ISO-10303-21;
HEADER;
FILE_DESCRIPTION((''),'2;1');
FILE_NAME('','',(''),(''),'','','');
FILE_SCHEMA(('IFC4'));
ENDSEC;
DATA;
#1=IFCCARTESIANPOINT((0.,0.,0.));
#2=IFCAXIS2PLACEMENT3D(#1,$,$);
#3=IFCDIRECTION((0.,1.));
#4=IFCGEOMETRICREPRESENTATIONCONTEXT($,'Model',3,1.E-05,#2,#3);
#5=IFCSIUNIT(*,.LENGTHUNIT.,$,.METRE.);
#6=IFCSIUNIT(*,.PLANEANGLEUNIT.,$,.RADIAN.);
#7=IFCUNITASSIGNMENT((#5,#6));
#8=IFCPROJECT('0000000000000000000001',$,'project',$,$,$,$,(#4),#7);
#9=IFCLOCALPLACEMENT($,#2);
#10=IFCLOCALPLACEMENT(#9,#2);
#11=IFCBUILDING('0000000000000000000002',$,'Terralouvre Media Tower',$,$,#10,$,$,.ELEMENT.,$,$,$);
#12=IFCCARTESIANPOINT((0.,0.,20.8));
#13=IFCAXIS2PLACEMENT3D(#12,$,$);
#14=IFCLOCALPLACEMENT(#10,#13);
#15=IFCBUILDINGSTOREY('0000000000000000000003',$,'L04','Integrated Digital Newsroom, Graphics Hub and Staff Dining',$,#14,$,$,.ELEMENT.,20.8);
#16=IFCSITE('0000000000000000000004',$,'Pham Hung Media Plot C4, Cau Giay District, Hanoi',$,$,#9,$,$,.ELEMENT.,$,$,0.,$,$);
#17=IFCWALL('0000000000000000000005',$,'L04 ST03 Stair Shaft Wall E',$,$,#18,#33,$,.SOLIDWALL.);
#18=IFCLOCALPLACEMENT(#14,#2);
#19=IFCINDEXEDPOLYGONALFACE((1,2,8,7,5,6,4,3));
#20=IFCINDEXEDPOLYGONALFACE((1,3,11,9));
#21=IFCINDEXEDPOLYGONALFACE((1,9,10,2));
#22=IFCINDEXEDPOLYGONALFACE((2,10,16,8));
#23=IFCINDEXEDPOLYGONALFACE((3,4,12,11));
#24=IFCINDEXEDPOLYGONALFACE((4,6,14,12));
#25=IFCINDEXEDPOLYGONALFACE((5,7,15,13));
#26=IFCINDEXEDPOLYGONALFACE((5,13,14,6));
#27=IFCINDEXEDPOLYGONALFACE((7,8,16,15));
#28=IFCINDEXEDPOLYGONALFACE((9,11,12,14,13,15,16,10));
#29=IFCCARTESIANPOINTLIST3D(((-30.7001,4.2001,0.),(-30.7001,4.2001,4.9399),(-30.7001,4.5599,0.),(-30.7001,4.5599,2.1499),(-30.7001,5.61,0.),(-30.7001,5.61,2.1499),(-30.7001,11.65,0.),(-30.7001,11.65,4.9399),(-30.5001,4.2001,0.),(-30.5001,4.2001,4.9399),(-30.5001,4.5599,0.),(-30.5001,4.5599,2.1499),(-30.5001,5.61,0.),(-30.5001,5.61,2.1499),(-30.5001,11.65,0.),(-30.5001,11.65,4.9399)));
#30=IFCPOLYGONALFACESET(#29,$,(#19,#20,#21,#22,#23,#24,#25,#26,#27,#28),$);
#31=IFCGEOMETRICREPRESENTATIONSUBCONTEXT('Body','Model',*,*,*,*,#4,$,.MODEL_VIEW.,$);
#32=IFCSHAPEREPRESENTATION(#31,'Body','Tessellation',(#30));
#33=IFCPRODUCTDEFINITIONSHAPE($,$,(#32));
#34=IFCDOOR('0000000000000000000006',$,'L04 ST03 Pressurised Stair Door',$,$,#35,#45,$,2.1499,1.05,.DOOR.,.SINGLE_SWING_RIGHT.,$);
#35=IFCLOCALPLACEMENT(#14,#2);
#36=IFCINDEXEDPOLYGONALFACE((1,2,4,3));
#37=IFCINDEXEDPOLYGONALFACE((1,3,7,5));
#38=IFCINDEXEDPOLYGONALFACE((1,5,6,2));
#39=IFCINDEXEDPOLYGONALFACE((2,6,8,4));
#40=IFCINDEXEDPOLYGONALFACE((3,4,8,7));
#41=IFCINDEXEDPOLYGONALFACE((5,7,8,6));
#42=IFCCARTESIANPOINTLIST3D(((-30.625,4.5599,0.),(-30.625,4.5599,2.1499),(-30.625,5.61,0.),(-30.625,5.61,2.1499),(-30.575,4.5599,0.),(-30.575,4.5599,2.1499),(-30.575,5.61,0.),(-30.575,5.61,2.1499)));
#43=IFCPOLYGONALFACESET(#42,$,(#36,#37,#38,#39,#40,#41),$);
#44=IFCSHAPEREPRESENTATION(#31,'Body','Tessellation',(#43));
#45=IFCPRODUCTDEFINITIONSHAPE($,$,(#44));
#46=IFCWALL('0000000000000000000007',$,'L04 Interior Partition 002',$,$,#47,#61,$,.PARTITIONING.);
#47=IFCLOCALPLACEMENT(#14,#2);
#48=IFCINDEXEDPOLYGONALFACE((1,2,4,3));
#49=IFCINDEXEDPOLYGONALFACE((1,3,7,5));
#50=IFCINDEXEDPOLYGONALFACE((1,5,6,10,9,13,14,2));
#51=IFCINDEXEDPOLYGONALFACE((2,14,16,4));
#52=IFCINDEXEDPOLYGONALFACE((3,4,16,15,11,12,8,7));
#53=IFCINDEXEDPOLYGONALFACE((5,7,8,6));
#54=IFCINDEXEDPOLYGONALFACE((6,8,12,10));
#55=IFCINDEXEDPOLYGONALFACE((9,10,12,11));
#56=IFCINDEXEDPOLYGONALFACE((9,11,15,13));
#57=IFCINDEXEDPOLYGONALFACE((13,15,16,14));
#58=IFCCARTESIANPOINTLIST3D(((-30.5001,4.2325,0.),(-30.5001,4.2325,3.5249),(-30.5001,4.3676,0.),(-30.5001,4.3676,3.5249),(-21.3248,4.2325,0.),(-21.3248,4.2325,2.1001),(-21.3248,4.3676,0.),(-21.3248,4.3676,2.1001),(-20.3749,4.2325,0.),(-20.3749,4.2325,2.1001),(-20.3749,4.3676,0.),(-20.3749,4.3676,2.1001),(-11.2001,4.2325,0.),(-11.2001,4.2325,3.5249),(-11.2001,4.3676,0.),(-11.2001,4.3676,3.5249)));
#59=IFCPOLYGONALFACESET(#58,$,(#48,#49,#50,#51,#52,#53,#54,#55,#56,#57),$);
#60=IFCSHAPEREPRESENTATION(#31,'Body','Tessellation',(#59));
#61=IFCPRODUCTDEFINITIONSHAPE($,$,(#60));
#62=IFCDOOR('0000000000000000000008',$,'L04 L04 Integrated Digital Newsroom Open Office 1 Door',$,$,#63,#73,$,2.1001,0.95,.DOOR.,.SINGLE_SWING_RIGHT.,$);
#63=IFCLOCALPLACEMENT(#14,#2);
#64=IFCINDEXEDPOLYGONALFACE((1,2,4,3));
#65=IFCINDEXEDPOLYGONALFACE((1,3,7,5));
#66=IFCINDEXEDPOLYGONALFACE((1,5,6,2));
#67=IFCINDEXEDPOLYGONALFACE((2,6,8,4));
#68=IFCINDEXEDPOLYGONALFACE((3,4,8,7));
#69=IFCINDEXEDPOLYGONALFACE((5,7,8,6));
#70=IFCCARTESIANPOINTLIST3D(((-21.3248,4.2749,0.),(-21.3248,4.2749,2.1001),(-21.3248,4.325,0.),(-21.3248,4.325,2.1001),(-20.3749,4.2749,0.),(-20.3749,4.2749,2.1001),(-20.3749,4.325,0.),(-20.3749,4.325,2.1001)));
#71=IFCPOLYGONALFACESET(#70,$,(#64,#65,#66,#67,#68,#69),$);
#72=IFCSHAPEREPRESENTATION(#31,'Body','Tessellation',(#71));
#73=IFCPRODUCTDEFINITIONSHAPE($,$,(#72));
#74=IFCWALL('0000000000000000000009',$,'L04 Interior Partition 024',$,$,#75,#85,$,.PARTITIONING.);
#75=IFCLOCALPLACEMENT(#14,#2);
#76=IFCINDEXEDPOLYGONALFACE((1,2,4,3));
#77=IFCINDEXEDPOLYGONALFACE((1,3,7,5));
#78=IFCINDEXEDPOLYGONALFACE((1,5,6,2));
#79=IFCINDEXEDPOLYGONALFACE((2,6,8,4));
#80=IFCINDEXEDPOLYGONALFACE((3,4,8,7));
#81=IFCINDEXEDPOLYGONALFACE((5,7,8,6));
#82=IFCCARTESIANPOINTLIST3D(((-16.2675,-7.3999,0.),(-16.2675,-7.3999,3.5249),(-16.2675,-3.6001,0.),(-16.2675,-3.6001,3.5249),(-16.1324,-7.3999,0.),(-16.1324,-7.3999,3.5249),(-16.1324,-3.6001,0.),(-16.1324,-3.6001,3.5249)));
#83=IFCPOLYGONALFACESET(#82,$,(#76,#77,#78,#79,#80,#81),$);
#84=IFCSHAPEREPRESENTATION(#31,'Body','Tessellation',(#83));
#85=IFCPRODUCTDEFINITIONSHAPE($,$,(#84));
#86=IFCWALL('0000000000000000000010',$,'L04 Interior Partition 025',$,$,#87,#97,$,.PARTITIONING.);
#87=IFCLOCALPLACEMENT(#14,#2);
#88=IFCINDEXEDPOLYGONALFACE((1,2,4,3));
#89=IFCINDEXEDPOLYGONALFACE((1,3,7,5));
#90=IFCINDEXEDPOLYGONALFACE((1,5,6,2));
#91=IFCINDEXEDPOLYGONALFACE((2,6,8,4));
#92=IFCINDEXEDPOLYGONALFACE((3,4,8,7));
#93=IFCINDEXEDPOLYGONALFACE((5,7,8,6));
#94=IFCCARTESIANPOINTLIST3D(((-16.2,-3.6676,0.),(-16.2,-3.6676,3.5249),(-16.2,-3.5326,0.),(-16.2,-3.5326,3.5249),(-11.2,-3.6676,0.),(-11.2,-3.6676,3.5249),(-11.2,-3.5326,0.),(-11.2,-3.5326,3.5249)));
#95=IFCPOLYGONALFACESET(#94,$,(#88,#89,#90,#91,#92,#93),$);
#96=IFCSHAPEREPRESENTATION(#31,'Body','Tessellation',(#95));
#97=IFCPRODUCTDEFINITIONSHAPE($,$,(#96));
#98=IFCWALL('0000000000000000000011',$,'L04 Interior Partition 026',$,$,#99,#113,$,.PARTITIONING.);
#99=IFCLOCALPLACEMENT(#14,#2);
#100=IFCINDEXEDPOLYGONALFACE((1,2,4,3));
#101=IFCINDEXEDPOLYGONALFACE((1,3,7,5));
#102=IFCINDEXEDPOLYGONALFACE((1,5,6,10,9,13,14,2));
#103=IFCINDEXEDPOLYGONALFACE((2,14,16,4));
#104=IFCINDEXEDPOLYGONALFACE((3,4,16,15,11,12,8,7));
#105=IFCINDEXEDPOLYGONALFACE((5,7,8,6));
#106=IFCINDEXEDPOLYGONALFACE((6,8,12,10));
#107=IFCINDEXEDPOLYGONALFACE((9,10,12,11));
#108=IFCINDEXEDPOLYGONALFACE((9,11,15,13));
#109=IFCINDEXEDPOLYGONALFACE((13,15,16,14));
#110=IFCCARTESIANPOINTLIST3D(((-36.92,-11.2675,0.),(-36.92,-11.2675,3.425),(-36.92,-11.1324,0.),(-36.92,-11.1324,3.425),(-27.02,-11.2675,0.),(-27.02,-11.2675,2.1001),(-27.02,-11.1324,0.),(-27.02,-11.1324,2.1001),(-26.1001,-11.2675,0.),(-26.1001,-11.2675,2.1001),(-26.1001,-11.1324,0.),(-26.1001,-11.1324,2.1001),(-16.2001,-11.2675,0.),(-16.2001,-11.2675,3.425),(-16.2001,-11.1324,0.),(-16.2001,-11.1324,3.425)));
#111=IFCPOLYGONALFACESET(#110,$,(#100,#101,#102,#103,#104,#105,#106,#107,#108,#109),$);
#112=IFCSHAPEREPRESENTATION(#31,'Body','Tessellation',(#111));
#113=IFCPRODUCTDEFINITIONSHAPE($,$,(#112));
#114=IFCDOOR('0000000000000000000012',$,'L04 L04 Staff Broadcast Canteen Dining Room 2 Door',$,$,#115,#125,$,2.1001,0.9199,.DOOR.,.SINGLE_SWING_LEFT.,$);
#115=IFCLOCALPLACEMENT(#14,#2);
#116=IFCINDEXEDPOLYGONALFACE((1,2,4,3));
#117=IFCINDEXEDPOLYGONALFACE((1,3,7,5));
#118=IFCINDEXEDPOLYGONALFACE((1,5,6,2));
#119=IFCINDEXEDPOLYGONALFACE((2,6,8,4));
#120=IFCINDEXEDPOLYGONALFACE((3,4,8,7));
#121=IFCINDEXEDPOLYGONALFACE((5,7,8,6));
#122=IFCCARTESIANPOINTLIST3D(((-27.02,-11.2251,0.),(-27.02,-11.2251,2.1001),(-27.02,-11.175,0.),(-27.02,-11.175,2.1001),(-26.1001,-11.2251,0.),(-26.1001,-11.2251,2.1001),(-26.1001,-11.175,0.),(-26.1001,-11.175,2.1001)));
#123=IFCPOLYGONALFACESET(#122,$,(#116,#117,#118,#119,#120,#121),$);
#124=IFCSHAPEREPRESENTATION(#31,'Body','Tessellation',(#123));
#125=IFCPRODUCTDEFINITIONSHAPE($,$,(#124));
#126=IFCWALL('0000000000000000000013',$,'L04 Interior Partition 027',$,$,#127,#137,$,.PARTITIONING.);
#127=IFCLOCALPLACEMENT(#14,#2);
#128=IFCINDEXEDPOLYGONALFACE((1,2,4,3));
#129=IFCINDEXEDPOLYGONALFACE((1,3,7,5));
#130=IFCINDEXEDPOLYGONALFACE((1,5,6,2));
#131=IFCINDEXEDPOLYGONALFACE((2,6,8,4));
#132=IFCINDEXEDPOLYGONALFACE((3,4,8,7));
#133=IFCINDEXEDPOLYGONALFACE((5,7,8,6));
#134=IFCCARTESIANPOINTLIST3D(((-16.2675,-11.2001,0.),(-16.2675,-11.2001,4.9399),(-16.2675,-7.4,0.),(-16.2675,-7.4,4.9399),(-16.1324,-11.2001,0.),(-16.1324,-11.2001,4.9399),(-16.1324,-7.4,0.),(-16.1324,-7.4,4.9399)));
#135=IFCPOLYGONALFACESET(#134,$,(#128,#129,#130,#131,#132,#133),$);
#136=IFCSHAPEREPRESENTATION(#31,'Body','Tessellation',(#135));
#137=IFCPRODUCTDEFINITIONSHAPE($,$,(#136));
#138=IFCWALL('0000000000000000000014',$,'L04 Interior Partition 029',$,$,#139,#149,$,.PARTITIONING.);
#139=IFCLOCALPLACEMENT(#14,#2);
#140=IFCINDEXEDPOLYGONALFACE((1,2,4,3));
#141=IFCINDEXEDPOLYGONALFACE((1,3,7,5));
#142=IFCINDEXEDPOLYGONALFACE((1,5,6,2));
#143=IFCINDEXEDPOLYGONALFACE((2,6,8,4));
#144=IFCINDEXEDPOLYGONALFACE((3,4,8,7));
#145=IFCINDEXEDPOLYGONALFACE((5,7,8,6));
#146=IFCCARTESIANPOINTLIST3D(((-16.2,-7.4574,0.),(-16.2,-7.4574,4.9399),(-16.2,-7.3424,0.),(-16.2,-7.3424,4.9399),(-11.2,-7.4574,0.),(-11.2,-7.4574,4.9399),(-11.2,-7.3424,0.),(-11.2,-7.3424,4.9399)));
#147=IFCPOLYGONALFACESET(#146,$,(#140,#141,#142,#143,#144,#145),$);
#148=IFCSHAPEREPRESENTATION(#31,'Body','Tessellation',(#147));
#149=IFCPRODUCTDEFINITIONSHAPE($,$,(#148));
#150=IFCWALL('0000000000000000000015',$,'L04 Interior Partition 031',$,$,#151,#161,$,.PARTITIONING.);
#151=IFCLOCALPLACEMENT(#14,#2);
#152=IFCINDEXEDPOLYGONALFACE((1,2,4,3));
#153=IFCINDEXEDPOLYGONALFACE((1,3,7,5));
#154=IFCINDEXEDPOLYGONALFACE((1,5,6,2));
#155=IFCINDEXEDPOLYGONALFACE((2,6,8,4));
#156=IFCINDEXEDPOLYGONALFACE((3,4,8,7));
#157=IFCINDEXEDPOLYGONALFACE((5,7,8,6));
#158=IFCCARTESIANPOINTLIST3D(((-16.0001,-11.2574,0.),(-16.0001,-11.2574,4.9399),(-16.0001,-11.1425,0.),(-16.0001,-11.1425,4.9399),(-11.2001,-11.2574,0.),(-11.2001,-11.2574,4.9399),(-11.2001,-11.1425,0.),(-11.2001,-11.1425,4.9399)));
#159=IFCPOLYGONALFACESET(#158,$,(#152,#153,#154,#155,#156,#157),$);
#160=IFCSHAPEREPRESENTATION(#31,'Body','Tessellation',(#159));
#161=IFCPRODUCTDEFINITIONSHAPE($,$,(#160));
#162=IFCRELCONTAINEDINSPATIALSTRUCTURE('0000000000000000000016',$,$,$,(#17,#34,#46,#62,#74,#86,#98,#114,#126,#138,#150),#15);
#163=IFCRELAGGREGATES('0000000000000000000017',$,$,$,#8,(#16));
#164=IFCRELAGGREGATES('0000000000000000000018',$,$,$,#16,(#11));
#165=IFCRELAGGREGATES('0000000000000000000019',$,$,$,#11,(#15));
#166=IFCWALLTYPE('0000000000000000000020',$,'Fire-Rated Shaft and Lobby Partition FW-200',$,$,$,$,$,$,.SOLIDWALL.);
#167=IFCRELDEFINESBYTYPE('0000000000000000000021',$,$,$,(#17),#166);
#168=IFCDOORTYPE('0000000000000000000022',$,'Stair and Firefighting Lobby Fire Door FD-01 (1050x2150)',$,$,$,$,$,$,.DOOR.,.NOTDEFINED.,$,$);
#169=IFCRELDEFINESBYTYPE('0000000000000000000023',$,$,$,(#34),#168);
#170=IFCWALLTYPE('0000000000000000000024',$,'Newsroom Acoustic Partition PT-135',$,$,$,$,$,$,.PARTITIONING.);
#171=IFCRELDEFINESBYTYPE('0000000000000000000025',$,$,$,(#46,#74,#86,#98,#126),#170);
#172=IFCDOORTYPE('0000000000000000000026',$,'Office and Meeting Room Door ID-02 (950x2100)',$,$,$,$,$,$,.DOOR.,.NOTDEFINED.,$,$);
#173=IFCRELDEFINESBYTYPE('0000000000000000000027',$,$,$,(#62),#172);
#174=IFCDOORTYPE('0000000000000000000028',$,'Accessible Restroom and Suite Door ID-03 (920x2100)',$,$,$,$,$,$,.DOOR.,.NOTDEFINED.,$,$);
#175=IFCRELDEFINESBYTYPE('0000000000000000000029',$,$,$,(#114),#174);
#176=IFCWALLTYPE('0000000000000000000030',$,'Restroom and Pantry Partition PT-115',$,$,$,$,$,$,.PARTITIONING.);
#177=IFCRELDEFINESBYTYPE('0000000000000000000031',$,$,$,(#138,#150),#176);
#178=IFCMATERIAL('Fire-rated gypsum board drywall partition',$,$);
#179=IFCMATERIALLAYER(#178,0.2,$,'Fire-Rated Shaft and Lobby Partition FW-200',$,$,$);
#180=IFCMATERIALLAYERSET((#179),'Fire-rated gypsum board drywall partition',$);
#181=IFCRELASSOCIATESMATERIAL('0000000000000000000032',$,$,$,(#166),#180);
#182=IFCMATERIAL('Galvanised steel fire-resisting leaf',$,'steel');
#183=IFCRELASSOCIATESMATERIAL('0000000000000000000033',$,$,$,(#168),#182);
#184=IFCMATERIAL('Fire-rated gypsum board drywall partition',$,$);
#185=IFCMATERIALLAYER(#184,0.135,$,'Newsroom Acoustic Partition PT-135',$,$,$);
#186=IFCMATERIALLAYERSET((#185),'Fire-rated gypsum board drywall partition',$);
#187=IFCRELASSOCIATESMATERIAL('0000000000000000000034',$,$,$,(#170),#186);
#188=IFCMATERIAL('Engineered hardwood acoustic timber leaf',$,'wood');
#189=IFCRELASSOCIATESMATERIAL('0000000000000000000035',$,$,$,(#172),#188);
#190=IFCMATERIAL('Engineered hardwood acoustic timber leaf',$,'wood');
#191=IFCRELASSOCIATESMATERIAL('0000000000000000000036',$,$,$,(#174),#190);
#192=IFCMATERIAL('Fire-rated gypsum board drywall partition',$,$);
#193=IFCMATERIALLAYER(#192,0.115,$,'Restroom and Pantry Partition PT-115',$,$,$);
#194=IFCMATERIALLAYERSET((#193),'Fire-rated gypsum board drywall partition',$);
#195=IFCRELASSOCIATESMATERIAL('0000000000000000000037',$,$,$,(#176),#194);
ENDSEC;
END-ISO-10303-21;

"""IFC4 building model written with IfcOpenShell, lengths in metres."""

from ifc_helpers import new_model, si_unit, direction, frame, frame_2d, origin, place, context, subcontext, project, spatial, rectangle, extrude, material, layer, layer_set, type_object, element, fill, save


model = new_model("IFC4")

# Units and contexts
model_context = context("Model", 3, precision=1e-05, world=origin(), true_north=direction((0.0, 1.0)))
body_context = subcontext(model_context, "Body", "Model", "MODEL_VIEW")
ifc_project = project(units=[si_unit("LENGTHUNIT", "METRE"), si_unit("PLANEANGLEUNIT", "RADIAN")], contexts=[model_context])

# Site, building, storey
site_placement = place(None, origin())
site = spatial("IfcSite", under=ifc_project, at=site_placement, Name="Pham Hung Media Plot C4, Cau Giay District, Hanoi", CompositionType="ELEMENT", RefElevation=0.0)
building_placement = place(site_placement, origin())
building = spatial("IfcBuilding", under=site, at=building_placement, Name="Terralouvre Media Tower", CompositionType="ELEMENT")
storey_placement = place(building_placement, frame((0.0, 0.0, 20.8)))
storey = spatial("IfcBuildingStorey", under=building, at=storey_placement, Name="L04", Description="Integrated Digital Newsroom, Graphics Hub and Staff Dining", CompositionType="ELEMENT", Elevation=20.8)

# Shared definitions
ifc_material_1 = material(Name="Fire-rated gypsum board drywall partition")
ifc_layer_1 = layer(ifc_material_1, 0.2, Name="Fire-Rated Shaft and Lobby Partition FW-200")
ifc_layer_set_1 = layer_set([ifc_layer_1], Name="Fire-rated gypsum board drywall partition")
wall_type_1 = type_object("IfcWallType", Name="Fire-Rated Shaft and Lobby Partition FW-200", PredefinedType="SOLIDWALL", material=ifc_layer_set_1)

# Walls, openings, doors
wall_1_placement = place(storey_placement, frame((-30.6001, 4.2, 0.0), z_axis=(0.0, 0.0, 1.0), x_axis=(0.0, 1.0, 0.0)))
wall_1 = element("IfcWall", 1, at=wall_1_placement, inside=storey, type_object=wall_type_1, Name="L04 ST03 Stair Shaft Wall E", PredefinedType="SOLIDWALL", context=body_context, shape_type="SweptSolid", body=[
    extrude(rectangle(XDim=7.45, YDim=0.2, at=frame_2d((3.7251, 0.0))), origin(), (0.0, 0.0, 1.0), 4.9399),
])
opening_1_placement = place(wall_1_placement, frame((0.3601, 0.0, 0.0)))
opening_1 = element("IfcOpeningElement", 2, at=opening_1_placement, cuts=wall_1, PredefinedType="OPENING", context=body_context, shape_type="SweptSolid", body=[
    extrude(rectangle(XDim=1.05, YDim=2.1499, at=frame_2d((0.5249, 1.075))), frame((0.0, 0.1099, 0.0), z_axis=(0.0, -1.0, 0.0), x_axis=(1.0, 0.0, 0.0)), (0.0, 0.0, 1.0), 0.22),
])
ifc_material_2 = material(Name="Galvanised steel fire-resisting leaf", Category="steel")
door_type_1 = type_object("IfcDoorType", Name="Stair and Firefighting Lobby Fire Door FD-01 (1050x2150)", OperationType="NOTDEFINED", PredefinedType="DOOR", material=ifc_material_2)
door_1_placement = place(opening_1_placement, origin())
door_1 = element("IfcDoor", 3, at=door_1_placement, inside=storey, type_object=door_type_1, Name="L04 ST03 Pressurised Stair Door", OperationType="SINGLE_SWING_RIGHT", OverallHeight=2.1499, OverallWidth=1.05, PredefinedType="DOOR", context=body_context, shape_type="SweptSolid", body=[
    extrude(rectangle(XDim=1.05, YDim=2.1499, at=frame_2d((0.5249, 1.075))), frame((0.0, 0.0249, 0.0), z_axis=(0.0, -1.0, 0.0), x_axis=(1.0, 0.0, 0.0)), (0.0, 0.0, 1.0), 0.05),
])
fill(opening_1, door_1)
ifc_material_3 = material(Name="Fire-rated gypsum board drywall partition")
ifc_layer_2 = layer(ifc_material_3, 0.135, Name="Newsroom Acoustic Partition PT-135")
ifc_layer_set_2 = layer_set([ifc_layer_2], Name="Fire-rated gypsum board drywall partition")
wall_type_2 = type_object("IfcWallType", Name="Newsroom Acoustic Partition PT-135", PredefinedType="PARTITIONING", material=ifc_layer_set_2)
wall_2_placement = place(storey_placement, frame((-30.5, 4.3, 0.0), z_axis=(0.0, 0.0, 1.0), x_axis=(1.0, 0.0, 0.0)))
wall_2 = element("IfcWall", 4, at=wall_2_placement, inside=storey, type_object=wall_type_2, Name="L04 Interior Partition 002", PredefinedType="PARTITIONING", context=body_context, shape_type="SweptSolid", body=[
    extrude(rectangle(XDim=19.3, YDim=0.135, at=frame_2d((9.6499, 0.0))), origin(), (0.0, 0.0, 1.0), 3.5249),
])
opening_2_placement = place(wall_2_placement, frame((9.175, 0.0, 0.0)))
opening_2 = element("IfcOpeningElement", 5, at=opening_2_placement, cuts=wall_2, PredefinedType="OPENING", context=body_context, shape_type="SweptSolid", body=[
    extrude(rectangle(XDim=0.95, YDim=2.1001, at=frame_2d((0.4751, 1.05))), frame((0.0, 0.0774, 0.0), z_axis=(0.0, -1.0, 0.0), x_axis=(1.0, 0.0, 0.0)), (0.0, 0.0, 1.0), 0.155),
])
ifc_material_4 = material(Name="Engineered hardwood acoustic timber leaf", Category="wood")
door_type_2 = type_object("IfcDoorType", Name="Office and Meeting Room Door ID-02 (950x2100)", OperationType="NOTDEFINED", PredefinedType="DOOR", material=ifc_material_4)
door_2_placement = place(opening_2_placement, origin())
door_2 = element("IfcDoor", 6, at=door_2_placement, inside=storey, type_object=door_type_2, Name="L04 L04 Integrated Digital Newsroom Open Office 1 Door", OperationType="SINGLE_SWING_RIGHT", OverallHeight=2.1001, OverallWidth=0.95, PredefinedType="DOOR", context=body_context, shape_type="SweptSolid", body=[
    extrude(rectangle(XDim=0.95, YDim=2.1001, at=frame_2d((0.4751, 1.05))), frame((0.0, 0.0249, 0.0), z_axis=(0.0, -1.0, 0.0), x_axis=(1.0, 0.0, 0.0)), (0.0, 0.0, 1.0), 0.05),
])
fill(opening_2, door_2)

# Walls
wall_3_placement = place(storey_placement, frame((-16.2, -7.3999, 0.0), z_axis=(0.0, 0.0, 1.0), x_axis=(0.0, 1.0, 0.0)))
element("IfcWall", 7, at=wall_3_placement, inside=storey, type_object=wall_type_2, Name="L04 Interior Partition 024", PredefinedType="PARTITIONING", context=body_context, shape_type="SweptSolid", body=[
    extrude(rectangle(XDim=3.7998, YDim=0.135, at=frame_2d((1.8999, 0.0))), origin(), (0.0, 0.0, 1.0), 3.5249),
])
wall_4_placement = place(storey_placement, frame((-16.2, -3.6001, 0.0), z_axis=(0.0, 0.0, 1.0), x_axis=(1.0, 0.0, 0.0)))
element("IfcWall", 8, at=wall_4_placement, inside=storey, type_object=wall_type_2, Name="L04 Interior Partition 025", PredefinedType="PARTITIONING", context=body_context, shape_type="SweptSolid", body=[
    extrude(rectangle(XDim=5.0, YDim=0.135, at=frame_2d((2.5, 0.0))), origin(), (0.0, 0.0, 1.0), 3.5249),
])

# Wall, opening, door
wall_5_placement = place(storey_placement, frame((-36.9199, -11.2, 0.0), z_axis=(0.0, 0.0, 1.0), x_axis=(1.0, 0.0, 0.0)))
wall_5 = element("IfcWall", 9, at=wall_5_placement, inside=storey, type_object=wall_type_2, Name="L04 Interior Partition 026", PredefinedType="PARTITIONING", context=body_context, shape_type="SweptSolid", body=[
    extrude(rectangle(XDim=20.72, YDim=0.135, at=frame_2d((10.3599, 0.0))), origin(), (0.0, 0.0, 1.0), 3.425),
])
opening_3_placement = place(wall_5_placement, frame((9.8999, 0.0, 0.0)))
opening_3 = element("IfcOpeningElement", 10, at=opening_3_placement, cuts=wall_5, PredefinedType="OPENING", context=body_context, shape_type="SweptSolid", body=[
    extrude(rectangle(XDim=0.9199, YDim=2.1001, at=frame_2d((0.46, 1.05))), frame((0.0, 0.0774, 0.0), z_axis=(0.0, -1.0, 0.0), x_axis=(1.0, 0.0, 0.0)), (0.0, 0.0, 1.0), 0.155),
])
ifc_material_5 = material(Name="Engineered hardwood acoustic timber leaf", Category="wood")
door_type_3 = type_object("IfcDoorType", Name="Accessible Restroom and Suite Door ID-03 (920x2100)", OperationType="NOTDEFINED", PredefinedType="DOOR", material=ifc_material_5)
door_3_placement = place(opening_3_placement, origin())
door_3 = element("IfcDoor", 11, at=door_3_placement, inside=storey, type_object=door_type_3, Name="L04 L04 Staff Broadcast Canteen Dining Room 2 Door", OperationType="SINGLE_SWING_LEFT", OverallHeight=2.1001, OverallWidth=0.9199, PredefinedType="DOOR", context=body_context, shape_type="SweptSolid", body=[
    extrude(rectangle(XDim=0.9199, YDim=2.1001, at=frame_2d((0.46, 1.05))), frame((0.0, 0.0249, 0.0), z_axis=(0.0, -1.0, 0.0), x_axis=(1.0, 0.0, 0.0)), (0.0, 0.0, 1.0), 0.05),
])
fill(opening_3, door_3)

# Walls
wall_6_placement = place(storey_placement, frame((-16.2, -11.2, 0.0), z_axis=(0.0, 0.0, 1.0), x_axis=(0.0, 1.0, 0.0)))
element("IfcWall", 12, at=wall_6_placement, inside=storey, type_object=wall_type_2, Name="L04 Interior Partition 027", PredefinedType="PARTITIONING", context=body_context, shape_type="SweptSolid", body=[
    extrude(rectangle(XDim=3.8, YDim=0.135, at=frame_2d((1.8999, 0.0))), origin(), (0.0, 0.0, 1.0), 4.9399),
])
ifc_material_6 = material(Name="Fire-rated gypsum board drywall partition")
ifc_layer_3 = layer(ifc_material_6, 0.115, Name="Restroom and Pantry Partition PT-115")
ifc_layer_set_3 = layer_set([ifc_layer_3], Name="Fire-rated gypsum board drywall partition")
wall_type_3 = type_object("IfcWallType", Name="Restroom and Pantry Partition PT-115", PredefinedType="PARTITIONING", material=ifc_layer_set_3)
wall_7_placement = place(storey_placement, frame((-16.2, -7.3999, 0.0), z_axis=(0.0, 0.0, 1.0), x_axis=(1.0, 0.0, 0.0)))
element("IfcWall", 13, at=wall_7_placement, inside=storey, type_object=wall_type_3, Name="L04 Interior Partition 029", PredefinedType="PARTITIONING", context=body_context, shape_type="SweptSolid", body=[
    extrude(rectangle(XDim=5.0, YDim=0.115, at=frame_2d((2.5, 0.0))), origin(), (0.0, 0.0, 1.0), 4.9399),
])
wall_8_placement = place(storey_placement, frame((-16.0, -11.2, 0.0), z_axis=(0.0, 0.0, 1.0), x_axis=(1.0, 0.0, 0.0)))
element("IfcWall", 14, at=wall_8_placement, inside=storey, type_object=wall_type_3, Name="L04 Interior Partition 031", PredefinedType="PARTITIONING", context=body_context, shape_type="SweptSolid", body=[
    extrude(rectangle(XDim=4.8, YDim=0.115, at=frame_2d((2.3999, 0.0))), origin(), (0.0, 0.0, 1.0), 4.9399),
])

save(model, "model.ifc")
